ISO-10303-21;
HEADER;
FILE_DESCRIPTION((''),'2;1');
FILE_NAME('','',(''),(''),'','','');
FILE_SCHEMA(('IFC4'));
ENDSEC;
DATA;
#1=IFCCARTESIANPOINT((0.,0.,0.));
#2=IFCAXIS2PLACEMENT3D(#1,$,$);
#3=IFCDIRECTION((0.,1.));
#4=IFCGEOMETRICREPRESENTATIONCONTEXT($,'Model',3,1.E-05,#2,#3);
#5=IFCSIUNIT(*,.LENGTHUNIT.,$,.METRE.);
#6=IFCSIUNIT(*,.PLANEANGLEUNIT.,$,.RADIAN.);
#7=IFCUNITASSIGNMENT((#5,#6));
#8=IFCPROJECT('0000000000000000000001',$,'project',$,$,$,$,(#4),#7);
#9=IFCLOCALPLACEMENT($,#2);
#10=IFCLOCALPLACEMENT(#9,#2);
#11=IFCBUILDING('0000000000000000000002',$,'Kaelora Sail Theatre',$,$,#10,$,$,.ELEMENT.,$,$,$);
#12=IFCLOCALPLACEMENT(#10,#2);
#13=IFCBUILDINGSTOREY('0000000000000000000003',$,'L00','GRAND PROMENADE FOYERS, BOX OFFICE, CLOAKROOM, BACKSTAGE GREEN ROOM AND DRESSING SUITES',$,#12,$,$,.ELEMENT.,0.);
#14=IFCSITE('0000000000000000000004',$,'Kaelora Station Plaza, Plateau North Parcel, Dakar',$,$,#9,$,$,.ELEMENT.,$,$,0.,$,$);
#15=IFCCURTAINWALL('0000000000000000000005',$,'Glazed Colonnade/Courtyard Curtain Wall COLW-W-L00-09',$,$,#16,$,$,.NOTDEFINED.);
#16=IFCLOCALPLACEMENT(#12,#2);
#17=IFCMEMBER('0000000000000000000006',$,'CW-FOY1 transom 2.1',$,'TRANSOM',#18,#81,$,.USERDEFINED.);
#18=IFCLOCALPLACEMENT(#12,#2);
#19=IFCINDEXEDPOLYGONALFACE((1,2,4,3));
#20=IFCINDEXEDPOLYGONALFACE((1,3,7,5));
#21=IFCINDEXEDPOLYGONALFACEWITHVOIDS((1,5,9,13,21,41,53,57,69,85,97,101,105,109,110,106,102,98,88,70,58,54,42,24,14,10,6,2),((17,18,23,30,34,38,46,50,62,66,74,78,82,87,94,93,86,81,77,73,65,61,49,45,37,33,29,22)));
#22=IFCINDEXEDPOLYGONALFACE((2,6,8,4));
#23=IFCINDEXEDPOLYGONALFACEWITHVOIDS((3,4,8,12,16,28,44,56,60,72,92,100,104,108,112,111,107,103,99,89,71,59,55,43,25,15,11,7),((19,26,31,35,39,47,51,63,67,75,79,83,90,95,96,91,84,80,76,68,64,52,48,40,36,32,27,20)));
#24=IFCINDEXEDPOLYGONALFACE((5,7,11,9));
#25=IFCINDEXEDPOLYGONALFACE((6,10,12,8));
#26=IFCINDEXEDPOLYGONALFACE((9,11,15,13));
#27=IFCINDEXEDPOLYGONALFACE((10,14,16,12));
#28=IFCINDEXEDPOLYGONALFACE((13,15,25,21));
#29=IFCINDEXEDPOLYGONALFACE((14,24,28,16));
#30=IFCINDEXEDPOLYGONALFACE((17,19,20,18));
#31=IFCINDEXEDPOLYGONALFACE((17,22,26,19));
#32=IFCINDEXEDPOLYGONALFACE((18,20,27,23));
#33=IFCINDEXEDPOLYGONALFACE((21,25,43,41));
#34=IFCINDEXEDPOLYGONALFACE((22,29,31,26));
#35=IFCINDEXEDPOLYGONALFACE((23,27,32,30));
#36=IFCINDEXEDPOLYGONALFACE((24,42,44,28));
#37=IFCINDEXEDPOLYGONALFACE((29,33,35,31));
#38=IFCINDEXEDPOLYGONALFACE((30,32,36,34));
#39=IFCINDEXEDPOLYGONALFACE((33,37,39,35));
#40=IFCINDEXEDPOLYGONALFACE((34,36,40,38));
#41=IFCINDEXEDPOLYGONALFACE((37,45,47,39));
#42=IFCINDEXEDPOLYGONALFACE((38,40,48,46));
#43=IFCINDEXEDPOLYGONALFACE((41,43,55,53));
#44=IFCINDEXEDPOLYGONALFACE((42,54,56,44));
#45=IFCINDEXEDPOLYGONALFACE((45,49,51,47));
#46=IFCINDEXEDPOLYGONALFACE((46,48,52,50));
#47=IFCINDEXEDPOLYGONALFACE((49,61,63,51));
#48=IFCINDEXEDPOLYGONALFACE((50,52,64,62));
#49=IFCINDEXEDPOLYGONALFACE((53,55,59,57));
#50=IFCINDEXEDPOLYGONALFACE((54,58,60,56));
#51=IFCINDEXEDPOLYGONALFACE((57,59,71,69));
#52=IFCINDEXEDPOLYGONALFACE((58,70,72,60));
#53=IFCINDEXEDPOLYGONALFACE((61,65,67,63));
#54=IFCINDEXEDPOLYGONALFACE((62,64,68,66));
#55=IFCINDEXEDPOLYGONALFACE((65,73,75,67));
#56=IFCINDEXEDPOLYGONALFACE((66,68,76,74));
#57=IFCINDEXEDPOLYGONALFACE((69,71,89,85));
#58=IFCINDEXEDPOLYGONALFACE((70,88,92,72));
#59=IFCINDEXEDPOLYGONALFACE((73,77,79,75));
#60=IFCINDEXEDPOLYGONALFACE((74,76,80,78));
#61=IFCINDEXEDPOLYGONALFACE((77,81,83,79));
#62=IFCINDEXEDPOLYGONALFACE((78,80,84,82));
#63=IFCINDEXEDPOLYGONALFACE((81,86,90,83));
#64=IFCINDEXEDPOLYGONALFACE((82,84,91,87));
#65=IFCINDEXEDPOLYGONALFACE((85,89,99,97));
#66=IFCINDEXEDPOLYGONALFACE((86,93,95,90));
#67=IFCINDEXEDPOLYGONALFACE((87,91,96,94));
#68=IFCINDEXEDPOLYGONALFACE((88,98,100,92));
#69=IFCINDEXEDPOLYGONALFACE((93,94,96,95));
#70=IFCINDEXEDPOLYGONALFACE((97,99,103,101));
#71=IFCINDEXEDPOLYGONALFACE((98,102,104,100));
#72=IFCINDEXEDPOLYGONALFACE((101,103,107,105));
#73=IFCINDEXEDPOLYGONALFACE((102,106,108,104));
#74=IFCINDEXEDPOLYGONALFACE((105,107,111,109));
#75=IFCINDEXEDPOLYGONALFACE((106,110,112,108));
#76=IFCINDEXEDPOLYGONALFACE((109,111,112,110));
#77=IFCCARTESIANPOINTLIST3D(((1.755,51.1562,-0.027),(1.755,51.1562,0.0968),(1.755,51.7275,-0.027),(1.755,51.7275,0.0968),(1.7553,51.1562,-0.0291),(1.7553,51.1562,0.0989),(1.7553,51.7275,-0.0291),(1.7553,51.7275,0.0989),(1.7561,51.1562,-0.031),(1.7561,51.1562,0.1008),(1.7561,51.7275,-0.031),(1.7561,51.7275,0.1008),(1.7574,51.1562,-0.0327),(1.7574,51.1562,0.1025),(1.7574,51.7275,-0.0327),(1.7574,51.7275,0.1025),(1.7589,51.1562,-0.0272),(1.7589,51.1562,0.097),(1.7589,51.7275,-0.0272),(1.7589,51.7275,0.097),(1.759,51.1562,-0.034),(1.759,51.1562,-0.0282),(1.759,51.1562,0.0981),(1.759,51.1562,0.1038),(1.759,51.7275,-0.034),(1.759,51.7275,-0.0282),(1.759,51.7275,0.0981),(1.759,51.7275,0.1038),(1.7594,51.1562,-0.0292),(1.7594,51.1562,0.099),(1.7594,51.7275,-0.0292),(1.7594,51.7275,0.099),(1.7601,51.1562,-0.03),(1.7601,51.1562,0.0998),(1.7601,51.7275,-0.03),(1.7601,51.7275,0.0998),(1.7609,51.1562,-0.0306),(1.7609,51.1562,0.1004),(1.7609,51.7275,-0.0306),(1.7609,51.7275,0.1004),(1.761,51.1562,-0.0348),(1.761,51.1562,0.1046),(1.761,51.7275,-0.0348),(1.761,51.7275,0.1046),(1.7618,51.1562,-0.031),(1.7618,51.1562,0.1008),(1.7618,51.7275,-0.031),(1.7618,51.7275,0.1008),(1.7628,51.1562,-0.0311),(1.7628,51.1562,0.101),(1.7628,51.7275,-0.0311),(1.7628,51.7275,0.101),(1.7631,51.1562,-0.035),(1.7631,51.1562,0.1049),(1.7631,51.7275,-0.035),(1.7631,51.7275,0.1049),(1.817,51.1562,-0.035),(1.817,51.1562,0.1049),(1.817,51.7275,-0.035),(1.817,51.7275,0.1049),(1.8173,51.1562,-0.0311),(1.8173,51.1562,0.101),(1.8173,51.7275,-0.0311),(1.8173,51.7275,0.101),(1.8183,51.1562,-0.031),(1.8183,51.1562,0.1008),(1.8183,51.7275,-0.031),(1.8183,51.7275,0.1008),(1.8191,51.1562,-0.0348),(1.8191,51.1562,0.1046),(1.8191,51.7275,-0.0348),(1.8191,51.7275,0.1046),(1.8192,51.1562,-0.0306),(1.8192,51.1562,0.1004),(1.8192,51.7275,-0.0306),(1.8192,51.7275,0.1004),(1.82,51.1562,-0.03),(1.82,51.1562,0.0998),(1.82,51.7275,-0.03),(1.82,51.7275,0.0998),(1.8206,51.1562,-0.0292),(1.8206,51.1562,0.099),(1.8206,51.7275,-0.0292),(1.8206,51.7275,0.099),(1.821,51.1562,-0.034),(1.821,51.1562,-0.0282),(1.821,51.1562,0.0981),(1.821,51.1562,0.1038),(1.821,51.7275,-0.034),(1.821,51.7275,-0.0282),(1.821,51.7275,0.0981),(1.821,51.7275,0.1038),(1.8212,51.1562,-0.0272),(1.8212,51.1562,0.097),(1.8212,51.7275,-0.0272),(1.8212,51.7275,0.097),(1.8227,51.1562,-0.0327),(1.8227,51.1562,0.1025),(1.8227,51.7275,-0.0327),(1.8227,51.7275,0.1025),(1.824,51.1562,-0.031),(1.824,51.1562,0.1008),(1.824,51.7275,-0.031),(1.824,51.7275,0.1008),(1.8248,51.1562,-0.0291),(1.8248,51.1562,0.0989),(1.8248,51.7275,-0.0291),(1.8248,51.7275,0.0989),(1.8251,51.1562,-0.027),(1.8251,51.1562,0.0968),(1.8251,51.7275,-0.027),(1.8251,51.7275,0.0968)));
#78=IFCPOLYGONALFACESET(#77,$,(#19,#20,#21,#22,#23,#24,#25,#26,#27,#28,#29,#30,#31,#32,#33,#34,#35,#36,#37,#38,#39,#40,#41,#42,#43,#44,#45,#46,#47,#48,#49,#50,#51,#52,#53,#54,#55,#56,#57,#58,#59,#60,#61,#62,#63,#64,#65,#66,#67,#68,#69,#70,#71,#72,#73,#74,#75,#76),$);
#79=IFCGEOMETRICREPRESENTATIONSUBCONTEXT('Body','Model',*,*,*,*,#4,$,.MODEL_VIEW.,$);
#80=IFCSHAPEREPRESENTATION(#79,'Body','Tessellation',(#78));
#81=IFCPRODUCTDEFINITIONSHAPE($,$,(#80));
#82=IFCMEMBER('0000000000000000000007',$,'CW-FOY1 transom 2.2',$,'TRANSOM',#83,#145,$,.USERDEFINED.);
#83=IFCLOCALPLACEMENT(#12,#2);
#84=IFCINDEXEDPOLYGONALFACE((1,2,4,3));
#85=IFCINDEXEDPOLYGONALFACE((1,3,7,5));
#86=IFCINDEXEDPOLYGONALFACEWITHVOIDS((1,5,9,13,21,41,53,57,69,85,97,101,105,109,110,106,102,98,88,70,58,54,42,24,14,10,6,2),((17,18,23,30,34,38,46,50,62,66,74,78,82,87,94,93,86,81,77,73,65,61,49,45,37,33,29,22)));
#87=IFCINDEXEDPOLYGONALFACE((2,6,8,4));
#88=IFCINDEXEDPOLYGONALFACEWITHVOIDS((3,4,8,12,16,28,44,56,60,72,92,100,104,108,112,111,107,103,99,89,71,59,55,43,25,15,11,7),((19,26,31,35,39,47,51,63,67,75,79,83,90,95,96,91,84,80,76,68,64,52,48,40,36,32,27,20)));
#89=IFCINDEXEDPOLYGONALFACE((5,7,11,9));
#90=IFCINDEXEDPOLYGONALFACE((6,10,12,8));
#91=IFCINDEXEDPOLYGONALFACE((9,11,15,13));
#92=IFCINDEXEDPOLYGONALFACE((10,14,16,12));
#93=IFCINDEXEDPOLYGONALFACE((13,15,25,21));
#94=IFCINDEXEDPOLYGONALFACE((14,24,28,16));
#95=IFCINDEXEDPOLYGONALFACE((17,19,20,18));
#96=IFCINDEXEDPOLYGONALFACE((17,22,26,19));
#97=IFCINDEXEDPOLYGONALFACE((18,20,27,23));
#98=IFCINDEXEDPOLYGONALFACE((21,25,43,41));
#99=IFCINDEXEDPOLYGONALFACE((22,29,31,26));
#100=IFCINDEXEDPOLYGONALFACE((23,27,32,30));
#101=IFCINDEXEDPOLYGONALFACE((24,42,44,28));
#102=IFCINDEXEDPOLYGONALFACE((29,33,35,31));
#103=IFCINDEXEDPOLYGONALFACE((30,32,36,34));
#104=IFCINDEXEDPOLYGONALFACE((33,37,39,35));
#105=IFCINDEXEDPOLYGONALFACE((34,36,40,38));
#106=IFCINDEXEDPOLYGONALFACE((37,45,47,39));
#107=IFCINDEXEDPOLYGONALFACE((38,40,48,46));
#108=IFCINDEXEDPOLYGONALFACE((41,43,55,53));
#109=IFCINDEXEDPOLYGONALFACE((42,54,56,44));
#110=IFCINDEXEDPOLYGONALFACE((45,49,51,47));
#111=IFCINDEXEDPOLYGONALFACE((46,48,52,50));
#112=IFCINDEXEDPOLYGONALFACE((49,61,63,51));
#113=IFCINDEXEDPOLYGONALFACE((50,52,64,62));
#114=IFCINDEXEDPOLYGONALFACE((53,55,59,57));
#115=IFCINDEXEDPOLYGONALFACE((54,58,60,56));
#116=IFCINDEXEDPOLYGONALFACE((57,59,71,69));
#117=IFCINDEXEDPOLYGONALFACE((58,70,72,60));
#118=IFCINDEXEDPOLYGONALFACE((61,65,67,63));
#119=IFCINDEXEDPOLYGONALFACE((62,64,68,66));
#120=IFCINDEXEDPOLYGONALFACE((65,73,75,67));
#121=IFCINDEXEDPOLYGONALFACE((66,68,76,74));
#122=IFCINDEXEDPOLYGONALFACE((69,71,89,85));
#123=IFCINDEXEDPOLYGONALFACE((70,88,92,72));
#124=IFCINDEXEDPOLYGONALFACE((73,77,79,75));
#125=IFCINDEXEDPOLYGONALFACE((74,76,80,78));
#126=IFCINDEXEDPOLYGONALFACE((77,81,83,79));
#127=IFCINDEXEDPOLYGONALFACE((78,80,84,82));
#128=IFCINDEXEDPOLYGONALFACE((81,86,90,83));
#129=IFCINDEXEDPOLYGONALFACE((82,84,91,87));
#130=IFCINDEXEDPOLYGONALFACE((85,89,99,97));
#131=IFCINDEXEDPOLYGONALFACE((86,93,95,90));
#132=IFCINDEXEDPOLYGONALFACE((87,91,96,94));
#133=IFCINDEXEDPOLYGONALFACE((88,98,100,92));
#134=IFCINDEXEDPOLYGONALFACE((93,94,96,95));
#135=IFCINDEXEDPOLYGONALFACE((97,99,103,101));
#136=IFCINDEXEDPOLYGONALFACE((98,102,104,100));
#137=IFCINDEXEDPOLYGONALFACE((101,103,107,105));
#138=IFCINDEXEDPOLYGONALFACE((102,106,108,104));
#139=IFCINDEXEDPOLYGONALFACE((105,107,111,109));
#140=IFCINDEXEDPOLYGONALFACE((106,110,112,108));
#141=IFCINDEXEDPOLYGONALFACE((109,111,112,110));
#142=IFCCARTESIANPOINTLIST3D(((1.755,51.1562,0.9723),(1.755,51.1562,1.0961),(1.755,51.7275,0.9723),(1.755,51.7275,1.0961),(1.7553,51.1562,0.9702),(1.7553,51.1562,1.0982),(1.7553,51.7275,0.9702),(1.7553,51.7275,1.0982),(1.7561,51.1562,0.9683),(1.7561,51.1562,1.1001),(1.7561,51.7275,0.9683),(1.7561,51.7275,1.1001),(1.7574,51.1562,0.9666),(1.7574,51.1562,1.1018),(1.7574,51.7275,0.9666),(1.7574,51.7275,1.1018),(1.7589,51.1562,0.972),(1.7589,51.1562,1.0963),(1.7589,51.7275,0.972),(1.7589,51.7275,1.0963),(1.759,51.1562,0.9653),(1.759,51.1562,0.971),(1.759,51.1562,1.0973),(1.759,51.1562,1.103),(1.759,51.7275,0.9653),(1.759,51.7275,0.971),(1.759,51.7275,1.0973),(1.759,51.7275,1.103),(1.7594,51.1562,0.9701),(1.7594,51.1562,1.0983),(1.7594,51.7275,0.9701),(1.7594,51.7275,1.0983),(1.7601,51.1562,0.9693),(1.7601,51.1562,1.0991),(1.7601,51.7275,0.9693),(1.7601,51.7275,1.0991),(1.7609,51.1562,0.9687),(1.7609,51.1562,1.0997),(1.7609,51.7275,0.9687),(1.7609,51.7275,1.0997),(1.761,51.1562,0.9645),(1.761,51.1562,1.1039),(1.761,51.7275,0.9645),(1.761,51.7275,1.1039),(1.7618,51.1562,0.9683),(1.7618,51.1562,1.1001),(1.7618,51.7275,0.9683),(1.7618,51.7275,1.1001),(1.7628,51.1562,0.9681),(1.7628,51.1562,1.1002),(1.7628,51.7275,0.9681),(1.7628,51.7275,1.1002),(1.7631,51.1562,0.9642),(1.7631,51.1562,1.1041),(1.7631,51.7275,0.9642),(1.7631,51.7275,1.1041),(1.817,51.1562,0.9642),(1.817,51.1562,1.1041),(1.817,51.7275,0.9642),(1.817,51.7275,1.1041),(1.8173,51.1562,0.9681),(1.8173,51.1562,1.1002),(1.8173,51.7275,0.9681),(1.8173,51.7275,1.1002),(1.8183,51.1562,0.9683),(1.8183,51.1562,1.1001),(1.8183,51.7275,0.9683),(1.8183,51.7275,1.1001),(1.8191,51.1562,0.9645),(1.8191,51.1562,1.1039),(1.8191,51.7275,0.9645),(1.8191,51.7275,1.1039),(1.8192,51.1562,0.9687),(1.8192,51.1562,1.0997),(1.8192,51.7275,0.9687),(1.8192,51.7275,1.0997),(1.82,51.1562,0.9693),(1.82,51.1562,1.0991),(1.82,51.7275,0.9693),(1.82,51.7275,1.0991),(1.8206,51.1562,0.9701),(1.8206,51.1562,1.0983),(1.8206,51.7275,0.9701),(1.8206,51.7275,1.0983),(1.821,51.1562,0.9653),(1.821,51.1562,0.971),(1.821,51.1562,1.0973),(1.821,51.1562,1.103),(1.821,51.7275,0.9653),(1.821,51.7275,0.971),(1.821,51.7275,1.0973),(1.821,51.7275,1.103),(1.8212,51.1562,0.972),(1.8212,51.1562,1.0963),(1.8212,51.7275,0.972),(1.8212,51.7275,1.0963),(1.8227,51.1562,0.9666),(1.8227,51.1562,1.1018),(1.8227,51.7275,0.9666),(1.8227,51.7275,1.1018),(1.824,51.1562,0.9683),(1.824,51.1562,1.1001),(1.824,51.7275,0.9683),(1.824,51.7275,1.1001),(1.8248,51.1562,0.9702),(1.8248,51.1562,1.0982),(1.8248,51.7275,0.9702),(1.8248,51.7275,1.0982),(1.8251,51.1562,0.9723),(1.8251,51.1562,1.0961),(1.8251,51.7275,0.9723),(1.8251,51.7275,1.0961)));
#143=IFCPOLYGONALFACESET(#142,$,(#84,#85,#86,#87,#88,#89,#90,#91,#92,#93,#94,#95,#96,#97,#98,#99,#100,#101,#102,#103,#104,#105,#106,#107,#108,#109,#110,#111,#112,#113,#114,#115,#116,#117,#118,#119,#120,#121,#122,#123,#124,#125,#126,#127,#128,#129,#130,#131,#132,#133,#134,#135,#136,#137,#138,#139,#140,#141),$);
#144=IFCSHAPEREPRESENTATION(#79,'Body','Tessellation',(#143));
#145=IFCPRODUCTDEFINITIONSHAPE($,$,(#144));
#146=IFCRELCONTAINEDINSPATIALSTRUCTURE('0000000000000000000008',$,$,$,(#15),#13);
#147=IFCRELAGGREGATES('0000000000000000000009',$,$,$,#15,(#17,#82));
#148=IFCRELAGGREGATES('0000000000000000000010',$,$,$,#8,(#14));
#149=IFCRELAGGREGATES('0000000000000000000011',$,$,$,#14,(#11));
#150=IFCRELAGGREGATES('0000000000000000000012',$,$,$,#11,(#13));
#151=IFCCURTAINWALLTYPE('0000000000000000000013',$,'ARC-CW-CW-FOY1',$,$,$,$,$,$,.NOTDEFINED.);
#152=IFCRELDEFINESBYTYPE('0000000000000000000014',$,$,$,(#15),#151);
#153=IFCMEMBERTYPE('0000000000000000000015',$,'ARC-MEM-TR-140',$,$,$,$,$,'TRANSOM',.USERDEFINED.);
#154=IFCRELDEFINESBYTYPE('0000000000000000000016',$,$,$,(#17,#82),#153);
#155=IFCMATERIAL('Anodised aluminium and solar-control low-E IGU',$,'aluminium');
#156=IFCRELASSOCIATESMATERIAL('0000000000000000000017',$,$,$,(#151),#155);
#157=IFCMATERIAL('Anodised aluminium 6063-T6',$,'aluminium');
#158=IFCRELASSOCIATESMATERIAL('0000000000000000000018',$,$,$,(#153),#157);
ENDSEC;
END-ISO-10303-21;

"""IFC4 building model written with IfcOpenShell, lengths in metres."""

from ifc_helpers import new_model, si_unit, direction, frame, origin, origin_2d, place, context, subcontext, project, spatial, hollow_rectangle, extrude, material, material_profile, profile_set, type_object, element, aggregate, save


model = new_model("IFC4")

# Units and contexts
model_context = context("Model", 3, precision=1e-05, world=origin(), true_north=direction((0.0, 1.0)))
body_context = subcontext(model_context, "Body", "Model", "MODEL_VIEW")
ifc_project = project(units=[si_unit("LENGTHUNIT", "METRE"), si_unit("PLANEANGLEUNIT", "RADIAN")], contexts=[model_context])

# Site, building, storey
site_placement = place(None, origin())
site = spatial("IfcSite", under=ifc_project, at=site_placement, Name="Kaelora Station Plaza, Plateau North Parcel, Dakar", CompositionType="ELEMENT", RefElevation=0.0)
building_placement = place(site_placement, origin())
building = spatial("IfcBuilding", under=site, at=building_placement, Name="Kaelora Sail Theatre", CompositionType="ELEMENT")
storey_placement = place(building_placement, origin())
storey = spatial("IfcBuildingStorey", under=building, at=storey_placement, Name="L00", Description="GRAND PROMENADE FOYERS, BOX OFFICE, CLOAKROOM, BACKSTAGE GREEN ROOM AND DRESSING SUITES", CompositionType="ELEMENT", Elevation=0.0)

# Curtain wall, members
ifc_material_1 = material(Name="Anodised aluminium and solar-control low-E IGU", Category="aluminium")
curtain_wall_type = type_object("IfcCurtainWallType", Name="ARC-CW-CW-FOY1", PredefinedType="NOTDEFINED", material=ifc_material_1)
curtain_wall_placement = place(storey_placement, origin())
curtain_wall = element("IfcCurtainWall", 1, at=curtain_wall_placement, inside=storey, type_object=curtain_wall_type, Name="Glazed Colonnade/Courtyard Curtain Wall COLW-W-L00-09", PredefinedType="NOTDEFINED")
ifc_material_2 = material(Name="Anodised aluminium 6063-T6", Category="aluminium")
ifc_material_profile_1 = material_profile(ifc_material_2, hollow_rectangle(XDim=0.0701, YDim=0.1399, WallThickness=0.0039, InnerFilletRadius=0.0039, OuterFilletRadius=0.0081, at=origin_2d()), Name="ALU-TRAN 70x140x4")
ifc_profile_set_1 = profile_set([ifc_material_profile_1], Name="Anodised aluminium 6063-T6")
member_type_1 = type_object("IfcMemberType", Name="ARC-MEM-TR-140", ElementType="TRANSOM", PredefinedType="USERDEFINED", material=ifc_profile_set_1)
member_1_placement = place(storey_placement, frame((1.79, 51.1562, 0.0349), z_axis=(0.0, 1.0, 0.0), x_axis=(-1.0, 0.0, 0.0)))
member_1 = element("IfcMember", 2, at=member_1_placement, type_object=member_type_1, Name="CW-FOY1 transom 2.1", ObjectType="TRANSOM", PredefinedType="USERDEFINED", context=body_context, shape_type="SweptSolid", body=[
    extrude(hollow_rectangle(XDim=0.0701, YDim=0.1399, WallThickness=0.0039, InnerFilletRadius=0.0039, OuterFilletRadius=0.0081, at=origin_2d()), origin(), (0.0, 0.0, 1.0), 0.5713),
])
member_2_placement = place(storey_placement, frame((1.79, 51.1562, 1.0342), z_axis=(0.0, 1.0, 0.0), x_axis=(-1.0, 0.0, 0.0)))
member_2 = element("IfcMember", 3, at=member_2_placement, type_object=member_type_1, Name="CW-FOY1 transom 2.2", ObjectType="TRANSOM", PredefinedType="USERDEFINED", context=body_context, shape_type="SweptSolid", body=[
    extrude(hollow_rectangle(XDim=0.0701, YDim=0.1399, WallThickness=0.0039, InnerFilletRadius=0.0039, OuterFilletRadius=0.0081, at=origin_2d()), origin(), (0.0, 0.0, 1.0), 0.5713),
])
aggregate(curtain_wall, [member_1, member_2])

save(model, "model.ifc")
